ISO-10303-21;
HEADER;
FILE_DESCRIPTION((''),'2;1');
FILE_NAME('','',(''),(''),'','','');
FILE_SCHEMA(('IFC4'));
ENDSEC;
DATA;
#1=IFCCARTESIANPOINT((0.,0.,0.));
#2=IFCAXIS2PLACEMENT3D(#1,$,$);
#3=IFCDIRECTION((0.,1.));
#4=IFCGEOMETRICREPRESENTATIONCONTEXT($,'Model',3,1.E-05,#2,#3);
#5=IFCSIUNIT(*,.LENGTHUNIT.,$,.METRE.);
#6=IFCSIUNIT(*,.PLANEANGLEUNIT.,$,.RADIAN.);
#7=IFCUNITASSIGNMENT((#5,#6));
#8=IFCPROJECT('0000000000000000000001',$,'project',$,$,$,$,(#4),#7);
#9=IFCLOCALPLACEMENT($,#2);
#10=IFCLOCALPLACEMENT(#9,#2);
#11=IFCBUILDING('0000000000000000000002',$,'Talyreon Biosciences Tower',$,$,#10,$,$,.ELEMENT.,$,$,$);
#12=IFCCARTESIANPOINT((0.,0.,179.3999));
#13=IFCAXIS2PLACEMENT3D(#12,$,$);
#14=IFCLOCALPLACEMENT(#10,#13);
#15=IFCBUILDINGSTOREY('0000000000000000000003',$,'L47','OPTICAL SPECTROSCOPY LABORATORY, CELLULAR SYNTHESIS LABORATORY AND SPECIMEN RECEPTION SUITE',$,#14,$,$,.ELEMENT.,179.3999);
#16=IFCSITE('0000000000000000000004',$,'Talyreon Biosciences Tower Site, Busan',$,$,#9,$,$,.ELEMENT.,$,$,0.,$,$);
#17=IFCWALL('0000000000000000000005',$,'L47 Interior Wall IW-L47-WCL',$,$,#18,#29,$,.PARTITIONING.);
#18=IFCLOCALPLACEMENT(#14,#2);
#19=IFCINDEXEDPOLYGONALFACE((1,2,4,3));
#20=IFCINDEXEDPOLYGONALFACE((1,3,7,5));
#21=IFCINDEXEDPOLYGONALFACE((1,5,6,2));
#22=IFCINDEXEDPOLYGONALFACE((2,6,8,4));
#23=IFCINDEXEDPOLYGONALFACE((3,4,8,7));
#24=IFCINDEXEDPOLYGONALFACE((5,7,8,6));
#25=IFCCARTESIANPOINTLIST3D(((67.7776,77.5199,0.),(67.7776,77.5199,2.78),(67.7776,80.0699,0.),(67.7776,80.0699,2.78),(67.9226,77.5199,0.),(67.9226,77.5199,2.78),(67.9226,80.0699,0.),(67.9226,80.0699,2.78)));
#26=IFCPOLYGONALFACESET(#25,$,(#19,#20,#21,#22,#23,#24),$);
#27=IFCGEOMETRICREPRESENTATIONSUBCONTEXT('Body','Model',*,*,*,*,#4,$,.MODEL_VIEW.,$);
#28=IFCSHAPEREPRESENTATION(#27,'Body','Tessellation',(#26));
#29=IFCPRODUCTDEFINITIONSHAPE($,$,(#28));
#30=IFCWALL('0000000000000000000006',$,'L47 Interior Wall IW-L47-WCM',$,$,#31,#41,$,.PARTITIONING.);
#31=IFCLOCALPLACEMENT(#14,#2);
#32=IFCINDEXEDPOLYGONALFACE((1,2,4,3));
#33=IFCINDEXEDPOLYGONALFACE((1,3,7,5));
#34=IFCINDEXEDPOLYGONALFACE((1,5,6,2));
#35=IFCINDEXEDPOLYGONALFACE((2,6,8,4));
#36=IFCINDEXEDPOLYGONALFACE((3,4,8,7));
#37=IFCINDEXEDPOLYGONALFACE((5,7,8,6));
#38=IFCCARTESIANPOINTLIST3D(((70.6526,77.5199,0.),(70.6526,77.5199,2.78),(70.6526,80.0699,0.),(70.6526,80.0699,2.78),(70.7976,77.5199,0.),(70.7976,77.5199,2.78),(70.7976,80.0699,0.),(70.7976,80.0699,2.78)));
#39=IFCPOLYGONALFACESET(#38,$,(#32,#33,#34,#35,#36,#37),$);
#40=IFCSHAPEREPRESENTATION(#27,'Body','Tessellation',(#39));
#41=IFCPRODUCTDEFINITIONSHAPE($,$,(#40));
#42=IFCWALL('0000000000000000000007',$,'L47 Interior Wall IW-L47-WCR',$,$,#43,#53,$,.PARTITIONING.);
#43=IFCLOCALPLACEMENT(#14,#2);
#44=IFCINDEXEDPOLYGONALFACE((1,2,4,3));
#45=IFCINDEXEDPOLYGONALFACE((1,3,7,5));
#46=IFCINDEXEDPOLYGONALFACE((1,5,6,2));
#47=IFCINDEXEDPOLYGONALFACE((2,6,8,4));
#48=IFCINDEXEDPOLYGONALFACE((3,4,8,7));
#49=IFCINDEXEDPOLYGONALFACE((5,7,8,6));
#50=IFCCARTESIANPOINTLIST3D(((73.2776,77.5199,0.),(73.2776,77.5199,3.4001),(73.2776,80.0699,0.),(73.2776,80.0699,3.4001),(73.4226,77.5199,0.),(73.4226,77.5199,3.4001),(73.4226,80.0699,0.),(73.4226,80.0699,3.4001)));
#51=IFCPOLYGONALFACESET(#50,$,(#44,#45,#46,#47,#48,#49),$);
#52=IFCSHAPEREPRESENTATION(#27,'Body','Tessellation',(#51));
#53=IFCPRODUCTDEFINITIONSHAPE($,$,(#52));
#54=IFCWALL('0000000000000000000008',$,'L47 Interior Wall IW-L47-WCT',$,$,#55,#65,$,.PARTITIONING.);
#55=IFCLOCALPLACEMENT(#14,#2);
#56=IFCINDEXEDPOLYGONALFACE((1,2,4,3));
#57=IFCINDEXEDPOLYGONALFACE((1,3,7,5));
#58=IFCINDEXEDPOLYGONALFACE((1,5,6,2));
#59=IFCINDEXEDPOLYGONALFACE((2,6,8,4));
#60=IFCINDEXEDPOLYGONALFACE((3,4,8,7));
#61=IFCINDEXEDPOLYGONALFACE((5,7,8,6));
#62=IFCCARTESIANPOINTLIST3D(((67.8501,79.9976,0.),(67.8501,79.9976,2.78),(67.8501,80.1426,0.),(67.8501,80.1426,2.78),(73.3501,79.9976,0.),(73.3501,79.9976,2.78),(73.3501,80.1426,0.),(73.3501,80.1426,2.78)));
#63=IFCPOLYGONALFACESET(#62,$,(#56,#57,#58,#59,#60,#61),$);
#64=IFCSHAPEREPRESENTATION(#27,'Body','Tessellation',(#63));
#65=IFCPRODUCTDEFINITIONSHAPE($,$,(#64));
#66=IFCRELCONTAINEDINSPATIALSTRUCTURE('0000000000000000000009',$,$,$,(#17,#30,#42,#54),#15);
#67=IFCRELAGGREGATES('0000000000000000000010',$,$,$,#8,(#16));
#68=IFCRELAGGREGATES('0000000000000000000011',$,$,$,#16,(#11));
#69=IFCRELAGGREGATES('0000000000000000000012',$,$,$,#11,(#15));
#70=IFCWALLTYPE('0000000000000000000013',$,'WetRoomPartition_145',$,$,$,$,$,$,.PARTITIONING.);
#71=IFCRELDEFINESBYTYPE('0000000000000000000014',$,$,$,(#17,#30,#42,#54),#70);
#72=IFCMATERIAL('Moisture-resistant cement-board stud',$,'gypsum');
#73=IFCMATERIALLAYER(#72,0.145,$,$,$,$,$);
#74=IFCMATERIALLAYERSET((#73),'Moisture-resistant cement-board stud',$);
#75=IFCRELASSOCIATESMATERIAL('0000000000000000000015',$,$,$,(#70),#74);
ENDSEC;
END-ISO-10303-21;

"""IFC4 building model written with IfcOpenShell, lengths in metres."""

from ifc_helpers import new_model, si_unit, direction, frame, frame_2d, origin, place, context, subcontext, project, spatial, rectangle, extrude, material, layer, layer_set, type_object, element, save


model = new_model("IFC4")

# Units and contexts
model_context = context("Model", 3, precision=1e-05, world=origin(), true_north=direction((0.0, 1.0)))
body_context = subcontext(model_context, "Body", "Model", "MODEL_VIEW")
ifc_project = project(units=[si_unit("LENGTHUNIT", "METRE"), si_unit("PLANEANGLEUNIT", "RADIAN")], contexts=[model_context])

# Site, building, storey
site_placement = place(None, origin())
site = spatial("IfcSite", under=ifc_project, at=site_placement, Name="Talyreon Biosciences Tower Site, Busan", CompositionType="ELEMENT", RefElevation=0.0)
building_placement = place(site_placement, origin())
building = spatial("IfcBuilding", under=site, at=building_placement, Name="Talyreon Biosciences Tower", CompositionType="ELEMENT")
storey_placement = place(building_placement, frame((0.0, 0.0, 179.3999)))
storey = spatial("IfcBuildingStorey", under=building, at=storey_placement, Name="L47", Description="OPTICAL SPECTROSCOPY LABORATORY, CELLULAR SYNTHESIS LABORATORY AND SPECIMEN RECEPTION SUITE", CompositionType="ELEMENT", Elevation=179.3999)

# Walls
ifc_material_1 = material(Name="Moisture-resistant cement-board stud", Category="gypsum")
ifc_layer_1 = layer(ifc_material_1, 0.145)
ifc_layer_set_1 = layer_set([ifc_layer_1], Name="Moisture-resistant cement-board stud")
wall_type_1 = type_object("IfcWallType", Name="WetRoomPartition_145", PredefinedType="PARTITIONING", material=ifc_layer_set_1)
for number, where, z_axis, x_axis, name in (
    (1, (67.8501, 77.52, 0.0), (0.0, 0.0, 1.0), (0.0, 1.0, 0.0), "L47 Interior Wall IW-L47-WCL"),
    (2, (70.7251, 77.52, 0.0), (0.0, 0.0, 1.0), (0.0, 1.0, 0.0), "L47 Interior Wall IW-L47-WCM"),
):
    element("IfcWall", number, at=place(storey_placement, frame(where, z_axis=z_axis, x_axis=x_axis)), inside=storey, type_object=wall_type_1, Name=name, PredefinedType="PARTITIONING", context=body_context, shape_type="SweptSolid", body=[
        extrude(rectangle(XDim=2.55, YDim=0.145, at=frame_2d((1.2749, 0.0))), origin(), (0.0, 0.0, 1.0), 2.78),
    ])
wall_1_placement = place(storey_placement, frame((73.3501, 77.52, 0.0), z_axis=(0.0, 0.0, 1.0), x_axis=(0.0, 1.0, 0.0)))
element("IfcWall", 3, at=wall_1_placement, inside=storey, type_object=wall_type_1, Name="L47 Interior Wall IW-L47-WCR", PredefinedType="PARTITIONING", context=body_context, shape_type="SweptSolid", body=[
    extrude(rectangle(XDim=2.55, YDim=0.145, at=frame_2d((1.2749, 0.0))), origin(), (0.0, 0.0, 1.0), 3.4001),
])
wall_2_placement = place(storey_placement, frame((67.8501, 80.0701, 0.0), z_axis=(0.0, 0.0, 1.0), x_axis=(1.0, 0.0, 0.0)))
element("IfcWall", 4, at=wall_2_placement, inside=storey, type_object=wall_type_1, Name="L47 Interior Wall IW-L47-WCT", PredefinedType="PARTITIONING", context=body_context, shape_type="SweptSolid", body=[
    extrude(rectangle(XDim=5.5, YDim=0.145, at=frame_2d((2.75, 0.0))), origin(), (0.0, 0.0, 1.0), 2.78),
])

save(model, "model.ifc")
